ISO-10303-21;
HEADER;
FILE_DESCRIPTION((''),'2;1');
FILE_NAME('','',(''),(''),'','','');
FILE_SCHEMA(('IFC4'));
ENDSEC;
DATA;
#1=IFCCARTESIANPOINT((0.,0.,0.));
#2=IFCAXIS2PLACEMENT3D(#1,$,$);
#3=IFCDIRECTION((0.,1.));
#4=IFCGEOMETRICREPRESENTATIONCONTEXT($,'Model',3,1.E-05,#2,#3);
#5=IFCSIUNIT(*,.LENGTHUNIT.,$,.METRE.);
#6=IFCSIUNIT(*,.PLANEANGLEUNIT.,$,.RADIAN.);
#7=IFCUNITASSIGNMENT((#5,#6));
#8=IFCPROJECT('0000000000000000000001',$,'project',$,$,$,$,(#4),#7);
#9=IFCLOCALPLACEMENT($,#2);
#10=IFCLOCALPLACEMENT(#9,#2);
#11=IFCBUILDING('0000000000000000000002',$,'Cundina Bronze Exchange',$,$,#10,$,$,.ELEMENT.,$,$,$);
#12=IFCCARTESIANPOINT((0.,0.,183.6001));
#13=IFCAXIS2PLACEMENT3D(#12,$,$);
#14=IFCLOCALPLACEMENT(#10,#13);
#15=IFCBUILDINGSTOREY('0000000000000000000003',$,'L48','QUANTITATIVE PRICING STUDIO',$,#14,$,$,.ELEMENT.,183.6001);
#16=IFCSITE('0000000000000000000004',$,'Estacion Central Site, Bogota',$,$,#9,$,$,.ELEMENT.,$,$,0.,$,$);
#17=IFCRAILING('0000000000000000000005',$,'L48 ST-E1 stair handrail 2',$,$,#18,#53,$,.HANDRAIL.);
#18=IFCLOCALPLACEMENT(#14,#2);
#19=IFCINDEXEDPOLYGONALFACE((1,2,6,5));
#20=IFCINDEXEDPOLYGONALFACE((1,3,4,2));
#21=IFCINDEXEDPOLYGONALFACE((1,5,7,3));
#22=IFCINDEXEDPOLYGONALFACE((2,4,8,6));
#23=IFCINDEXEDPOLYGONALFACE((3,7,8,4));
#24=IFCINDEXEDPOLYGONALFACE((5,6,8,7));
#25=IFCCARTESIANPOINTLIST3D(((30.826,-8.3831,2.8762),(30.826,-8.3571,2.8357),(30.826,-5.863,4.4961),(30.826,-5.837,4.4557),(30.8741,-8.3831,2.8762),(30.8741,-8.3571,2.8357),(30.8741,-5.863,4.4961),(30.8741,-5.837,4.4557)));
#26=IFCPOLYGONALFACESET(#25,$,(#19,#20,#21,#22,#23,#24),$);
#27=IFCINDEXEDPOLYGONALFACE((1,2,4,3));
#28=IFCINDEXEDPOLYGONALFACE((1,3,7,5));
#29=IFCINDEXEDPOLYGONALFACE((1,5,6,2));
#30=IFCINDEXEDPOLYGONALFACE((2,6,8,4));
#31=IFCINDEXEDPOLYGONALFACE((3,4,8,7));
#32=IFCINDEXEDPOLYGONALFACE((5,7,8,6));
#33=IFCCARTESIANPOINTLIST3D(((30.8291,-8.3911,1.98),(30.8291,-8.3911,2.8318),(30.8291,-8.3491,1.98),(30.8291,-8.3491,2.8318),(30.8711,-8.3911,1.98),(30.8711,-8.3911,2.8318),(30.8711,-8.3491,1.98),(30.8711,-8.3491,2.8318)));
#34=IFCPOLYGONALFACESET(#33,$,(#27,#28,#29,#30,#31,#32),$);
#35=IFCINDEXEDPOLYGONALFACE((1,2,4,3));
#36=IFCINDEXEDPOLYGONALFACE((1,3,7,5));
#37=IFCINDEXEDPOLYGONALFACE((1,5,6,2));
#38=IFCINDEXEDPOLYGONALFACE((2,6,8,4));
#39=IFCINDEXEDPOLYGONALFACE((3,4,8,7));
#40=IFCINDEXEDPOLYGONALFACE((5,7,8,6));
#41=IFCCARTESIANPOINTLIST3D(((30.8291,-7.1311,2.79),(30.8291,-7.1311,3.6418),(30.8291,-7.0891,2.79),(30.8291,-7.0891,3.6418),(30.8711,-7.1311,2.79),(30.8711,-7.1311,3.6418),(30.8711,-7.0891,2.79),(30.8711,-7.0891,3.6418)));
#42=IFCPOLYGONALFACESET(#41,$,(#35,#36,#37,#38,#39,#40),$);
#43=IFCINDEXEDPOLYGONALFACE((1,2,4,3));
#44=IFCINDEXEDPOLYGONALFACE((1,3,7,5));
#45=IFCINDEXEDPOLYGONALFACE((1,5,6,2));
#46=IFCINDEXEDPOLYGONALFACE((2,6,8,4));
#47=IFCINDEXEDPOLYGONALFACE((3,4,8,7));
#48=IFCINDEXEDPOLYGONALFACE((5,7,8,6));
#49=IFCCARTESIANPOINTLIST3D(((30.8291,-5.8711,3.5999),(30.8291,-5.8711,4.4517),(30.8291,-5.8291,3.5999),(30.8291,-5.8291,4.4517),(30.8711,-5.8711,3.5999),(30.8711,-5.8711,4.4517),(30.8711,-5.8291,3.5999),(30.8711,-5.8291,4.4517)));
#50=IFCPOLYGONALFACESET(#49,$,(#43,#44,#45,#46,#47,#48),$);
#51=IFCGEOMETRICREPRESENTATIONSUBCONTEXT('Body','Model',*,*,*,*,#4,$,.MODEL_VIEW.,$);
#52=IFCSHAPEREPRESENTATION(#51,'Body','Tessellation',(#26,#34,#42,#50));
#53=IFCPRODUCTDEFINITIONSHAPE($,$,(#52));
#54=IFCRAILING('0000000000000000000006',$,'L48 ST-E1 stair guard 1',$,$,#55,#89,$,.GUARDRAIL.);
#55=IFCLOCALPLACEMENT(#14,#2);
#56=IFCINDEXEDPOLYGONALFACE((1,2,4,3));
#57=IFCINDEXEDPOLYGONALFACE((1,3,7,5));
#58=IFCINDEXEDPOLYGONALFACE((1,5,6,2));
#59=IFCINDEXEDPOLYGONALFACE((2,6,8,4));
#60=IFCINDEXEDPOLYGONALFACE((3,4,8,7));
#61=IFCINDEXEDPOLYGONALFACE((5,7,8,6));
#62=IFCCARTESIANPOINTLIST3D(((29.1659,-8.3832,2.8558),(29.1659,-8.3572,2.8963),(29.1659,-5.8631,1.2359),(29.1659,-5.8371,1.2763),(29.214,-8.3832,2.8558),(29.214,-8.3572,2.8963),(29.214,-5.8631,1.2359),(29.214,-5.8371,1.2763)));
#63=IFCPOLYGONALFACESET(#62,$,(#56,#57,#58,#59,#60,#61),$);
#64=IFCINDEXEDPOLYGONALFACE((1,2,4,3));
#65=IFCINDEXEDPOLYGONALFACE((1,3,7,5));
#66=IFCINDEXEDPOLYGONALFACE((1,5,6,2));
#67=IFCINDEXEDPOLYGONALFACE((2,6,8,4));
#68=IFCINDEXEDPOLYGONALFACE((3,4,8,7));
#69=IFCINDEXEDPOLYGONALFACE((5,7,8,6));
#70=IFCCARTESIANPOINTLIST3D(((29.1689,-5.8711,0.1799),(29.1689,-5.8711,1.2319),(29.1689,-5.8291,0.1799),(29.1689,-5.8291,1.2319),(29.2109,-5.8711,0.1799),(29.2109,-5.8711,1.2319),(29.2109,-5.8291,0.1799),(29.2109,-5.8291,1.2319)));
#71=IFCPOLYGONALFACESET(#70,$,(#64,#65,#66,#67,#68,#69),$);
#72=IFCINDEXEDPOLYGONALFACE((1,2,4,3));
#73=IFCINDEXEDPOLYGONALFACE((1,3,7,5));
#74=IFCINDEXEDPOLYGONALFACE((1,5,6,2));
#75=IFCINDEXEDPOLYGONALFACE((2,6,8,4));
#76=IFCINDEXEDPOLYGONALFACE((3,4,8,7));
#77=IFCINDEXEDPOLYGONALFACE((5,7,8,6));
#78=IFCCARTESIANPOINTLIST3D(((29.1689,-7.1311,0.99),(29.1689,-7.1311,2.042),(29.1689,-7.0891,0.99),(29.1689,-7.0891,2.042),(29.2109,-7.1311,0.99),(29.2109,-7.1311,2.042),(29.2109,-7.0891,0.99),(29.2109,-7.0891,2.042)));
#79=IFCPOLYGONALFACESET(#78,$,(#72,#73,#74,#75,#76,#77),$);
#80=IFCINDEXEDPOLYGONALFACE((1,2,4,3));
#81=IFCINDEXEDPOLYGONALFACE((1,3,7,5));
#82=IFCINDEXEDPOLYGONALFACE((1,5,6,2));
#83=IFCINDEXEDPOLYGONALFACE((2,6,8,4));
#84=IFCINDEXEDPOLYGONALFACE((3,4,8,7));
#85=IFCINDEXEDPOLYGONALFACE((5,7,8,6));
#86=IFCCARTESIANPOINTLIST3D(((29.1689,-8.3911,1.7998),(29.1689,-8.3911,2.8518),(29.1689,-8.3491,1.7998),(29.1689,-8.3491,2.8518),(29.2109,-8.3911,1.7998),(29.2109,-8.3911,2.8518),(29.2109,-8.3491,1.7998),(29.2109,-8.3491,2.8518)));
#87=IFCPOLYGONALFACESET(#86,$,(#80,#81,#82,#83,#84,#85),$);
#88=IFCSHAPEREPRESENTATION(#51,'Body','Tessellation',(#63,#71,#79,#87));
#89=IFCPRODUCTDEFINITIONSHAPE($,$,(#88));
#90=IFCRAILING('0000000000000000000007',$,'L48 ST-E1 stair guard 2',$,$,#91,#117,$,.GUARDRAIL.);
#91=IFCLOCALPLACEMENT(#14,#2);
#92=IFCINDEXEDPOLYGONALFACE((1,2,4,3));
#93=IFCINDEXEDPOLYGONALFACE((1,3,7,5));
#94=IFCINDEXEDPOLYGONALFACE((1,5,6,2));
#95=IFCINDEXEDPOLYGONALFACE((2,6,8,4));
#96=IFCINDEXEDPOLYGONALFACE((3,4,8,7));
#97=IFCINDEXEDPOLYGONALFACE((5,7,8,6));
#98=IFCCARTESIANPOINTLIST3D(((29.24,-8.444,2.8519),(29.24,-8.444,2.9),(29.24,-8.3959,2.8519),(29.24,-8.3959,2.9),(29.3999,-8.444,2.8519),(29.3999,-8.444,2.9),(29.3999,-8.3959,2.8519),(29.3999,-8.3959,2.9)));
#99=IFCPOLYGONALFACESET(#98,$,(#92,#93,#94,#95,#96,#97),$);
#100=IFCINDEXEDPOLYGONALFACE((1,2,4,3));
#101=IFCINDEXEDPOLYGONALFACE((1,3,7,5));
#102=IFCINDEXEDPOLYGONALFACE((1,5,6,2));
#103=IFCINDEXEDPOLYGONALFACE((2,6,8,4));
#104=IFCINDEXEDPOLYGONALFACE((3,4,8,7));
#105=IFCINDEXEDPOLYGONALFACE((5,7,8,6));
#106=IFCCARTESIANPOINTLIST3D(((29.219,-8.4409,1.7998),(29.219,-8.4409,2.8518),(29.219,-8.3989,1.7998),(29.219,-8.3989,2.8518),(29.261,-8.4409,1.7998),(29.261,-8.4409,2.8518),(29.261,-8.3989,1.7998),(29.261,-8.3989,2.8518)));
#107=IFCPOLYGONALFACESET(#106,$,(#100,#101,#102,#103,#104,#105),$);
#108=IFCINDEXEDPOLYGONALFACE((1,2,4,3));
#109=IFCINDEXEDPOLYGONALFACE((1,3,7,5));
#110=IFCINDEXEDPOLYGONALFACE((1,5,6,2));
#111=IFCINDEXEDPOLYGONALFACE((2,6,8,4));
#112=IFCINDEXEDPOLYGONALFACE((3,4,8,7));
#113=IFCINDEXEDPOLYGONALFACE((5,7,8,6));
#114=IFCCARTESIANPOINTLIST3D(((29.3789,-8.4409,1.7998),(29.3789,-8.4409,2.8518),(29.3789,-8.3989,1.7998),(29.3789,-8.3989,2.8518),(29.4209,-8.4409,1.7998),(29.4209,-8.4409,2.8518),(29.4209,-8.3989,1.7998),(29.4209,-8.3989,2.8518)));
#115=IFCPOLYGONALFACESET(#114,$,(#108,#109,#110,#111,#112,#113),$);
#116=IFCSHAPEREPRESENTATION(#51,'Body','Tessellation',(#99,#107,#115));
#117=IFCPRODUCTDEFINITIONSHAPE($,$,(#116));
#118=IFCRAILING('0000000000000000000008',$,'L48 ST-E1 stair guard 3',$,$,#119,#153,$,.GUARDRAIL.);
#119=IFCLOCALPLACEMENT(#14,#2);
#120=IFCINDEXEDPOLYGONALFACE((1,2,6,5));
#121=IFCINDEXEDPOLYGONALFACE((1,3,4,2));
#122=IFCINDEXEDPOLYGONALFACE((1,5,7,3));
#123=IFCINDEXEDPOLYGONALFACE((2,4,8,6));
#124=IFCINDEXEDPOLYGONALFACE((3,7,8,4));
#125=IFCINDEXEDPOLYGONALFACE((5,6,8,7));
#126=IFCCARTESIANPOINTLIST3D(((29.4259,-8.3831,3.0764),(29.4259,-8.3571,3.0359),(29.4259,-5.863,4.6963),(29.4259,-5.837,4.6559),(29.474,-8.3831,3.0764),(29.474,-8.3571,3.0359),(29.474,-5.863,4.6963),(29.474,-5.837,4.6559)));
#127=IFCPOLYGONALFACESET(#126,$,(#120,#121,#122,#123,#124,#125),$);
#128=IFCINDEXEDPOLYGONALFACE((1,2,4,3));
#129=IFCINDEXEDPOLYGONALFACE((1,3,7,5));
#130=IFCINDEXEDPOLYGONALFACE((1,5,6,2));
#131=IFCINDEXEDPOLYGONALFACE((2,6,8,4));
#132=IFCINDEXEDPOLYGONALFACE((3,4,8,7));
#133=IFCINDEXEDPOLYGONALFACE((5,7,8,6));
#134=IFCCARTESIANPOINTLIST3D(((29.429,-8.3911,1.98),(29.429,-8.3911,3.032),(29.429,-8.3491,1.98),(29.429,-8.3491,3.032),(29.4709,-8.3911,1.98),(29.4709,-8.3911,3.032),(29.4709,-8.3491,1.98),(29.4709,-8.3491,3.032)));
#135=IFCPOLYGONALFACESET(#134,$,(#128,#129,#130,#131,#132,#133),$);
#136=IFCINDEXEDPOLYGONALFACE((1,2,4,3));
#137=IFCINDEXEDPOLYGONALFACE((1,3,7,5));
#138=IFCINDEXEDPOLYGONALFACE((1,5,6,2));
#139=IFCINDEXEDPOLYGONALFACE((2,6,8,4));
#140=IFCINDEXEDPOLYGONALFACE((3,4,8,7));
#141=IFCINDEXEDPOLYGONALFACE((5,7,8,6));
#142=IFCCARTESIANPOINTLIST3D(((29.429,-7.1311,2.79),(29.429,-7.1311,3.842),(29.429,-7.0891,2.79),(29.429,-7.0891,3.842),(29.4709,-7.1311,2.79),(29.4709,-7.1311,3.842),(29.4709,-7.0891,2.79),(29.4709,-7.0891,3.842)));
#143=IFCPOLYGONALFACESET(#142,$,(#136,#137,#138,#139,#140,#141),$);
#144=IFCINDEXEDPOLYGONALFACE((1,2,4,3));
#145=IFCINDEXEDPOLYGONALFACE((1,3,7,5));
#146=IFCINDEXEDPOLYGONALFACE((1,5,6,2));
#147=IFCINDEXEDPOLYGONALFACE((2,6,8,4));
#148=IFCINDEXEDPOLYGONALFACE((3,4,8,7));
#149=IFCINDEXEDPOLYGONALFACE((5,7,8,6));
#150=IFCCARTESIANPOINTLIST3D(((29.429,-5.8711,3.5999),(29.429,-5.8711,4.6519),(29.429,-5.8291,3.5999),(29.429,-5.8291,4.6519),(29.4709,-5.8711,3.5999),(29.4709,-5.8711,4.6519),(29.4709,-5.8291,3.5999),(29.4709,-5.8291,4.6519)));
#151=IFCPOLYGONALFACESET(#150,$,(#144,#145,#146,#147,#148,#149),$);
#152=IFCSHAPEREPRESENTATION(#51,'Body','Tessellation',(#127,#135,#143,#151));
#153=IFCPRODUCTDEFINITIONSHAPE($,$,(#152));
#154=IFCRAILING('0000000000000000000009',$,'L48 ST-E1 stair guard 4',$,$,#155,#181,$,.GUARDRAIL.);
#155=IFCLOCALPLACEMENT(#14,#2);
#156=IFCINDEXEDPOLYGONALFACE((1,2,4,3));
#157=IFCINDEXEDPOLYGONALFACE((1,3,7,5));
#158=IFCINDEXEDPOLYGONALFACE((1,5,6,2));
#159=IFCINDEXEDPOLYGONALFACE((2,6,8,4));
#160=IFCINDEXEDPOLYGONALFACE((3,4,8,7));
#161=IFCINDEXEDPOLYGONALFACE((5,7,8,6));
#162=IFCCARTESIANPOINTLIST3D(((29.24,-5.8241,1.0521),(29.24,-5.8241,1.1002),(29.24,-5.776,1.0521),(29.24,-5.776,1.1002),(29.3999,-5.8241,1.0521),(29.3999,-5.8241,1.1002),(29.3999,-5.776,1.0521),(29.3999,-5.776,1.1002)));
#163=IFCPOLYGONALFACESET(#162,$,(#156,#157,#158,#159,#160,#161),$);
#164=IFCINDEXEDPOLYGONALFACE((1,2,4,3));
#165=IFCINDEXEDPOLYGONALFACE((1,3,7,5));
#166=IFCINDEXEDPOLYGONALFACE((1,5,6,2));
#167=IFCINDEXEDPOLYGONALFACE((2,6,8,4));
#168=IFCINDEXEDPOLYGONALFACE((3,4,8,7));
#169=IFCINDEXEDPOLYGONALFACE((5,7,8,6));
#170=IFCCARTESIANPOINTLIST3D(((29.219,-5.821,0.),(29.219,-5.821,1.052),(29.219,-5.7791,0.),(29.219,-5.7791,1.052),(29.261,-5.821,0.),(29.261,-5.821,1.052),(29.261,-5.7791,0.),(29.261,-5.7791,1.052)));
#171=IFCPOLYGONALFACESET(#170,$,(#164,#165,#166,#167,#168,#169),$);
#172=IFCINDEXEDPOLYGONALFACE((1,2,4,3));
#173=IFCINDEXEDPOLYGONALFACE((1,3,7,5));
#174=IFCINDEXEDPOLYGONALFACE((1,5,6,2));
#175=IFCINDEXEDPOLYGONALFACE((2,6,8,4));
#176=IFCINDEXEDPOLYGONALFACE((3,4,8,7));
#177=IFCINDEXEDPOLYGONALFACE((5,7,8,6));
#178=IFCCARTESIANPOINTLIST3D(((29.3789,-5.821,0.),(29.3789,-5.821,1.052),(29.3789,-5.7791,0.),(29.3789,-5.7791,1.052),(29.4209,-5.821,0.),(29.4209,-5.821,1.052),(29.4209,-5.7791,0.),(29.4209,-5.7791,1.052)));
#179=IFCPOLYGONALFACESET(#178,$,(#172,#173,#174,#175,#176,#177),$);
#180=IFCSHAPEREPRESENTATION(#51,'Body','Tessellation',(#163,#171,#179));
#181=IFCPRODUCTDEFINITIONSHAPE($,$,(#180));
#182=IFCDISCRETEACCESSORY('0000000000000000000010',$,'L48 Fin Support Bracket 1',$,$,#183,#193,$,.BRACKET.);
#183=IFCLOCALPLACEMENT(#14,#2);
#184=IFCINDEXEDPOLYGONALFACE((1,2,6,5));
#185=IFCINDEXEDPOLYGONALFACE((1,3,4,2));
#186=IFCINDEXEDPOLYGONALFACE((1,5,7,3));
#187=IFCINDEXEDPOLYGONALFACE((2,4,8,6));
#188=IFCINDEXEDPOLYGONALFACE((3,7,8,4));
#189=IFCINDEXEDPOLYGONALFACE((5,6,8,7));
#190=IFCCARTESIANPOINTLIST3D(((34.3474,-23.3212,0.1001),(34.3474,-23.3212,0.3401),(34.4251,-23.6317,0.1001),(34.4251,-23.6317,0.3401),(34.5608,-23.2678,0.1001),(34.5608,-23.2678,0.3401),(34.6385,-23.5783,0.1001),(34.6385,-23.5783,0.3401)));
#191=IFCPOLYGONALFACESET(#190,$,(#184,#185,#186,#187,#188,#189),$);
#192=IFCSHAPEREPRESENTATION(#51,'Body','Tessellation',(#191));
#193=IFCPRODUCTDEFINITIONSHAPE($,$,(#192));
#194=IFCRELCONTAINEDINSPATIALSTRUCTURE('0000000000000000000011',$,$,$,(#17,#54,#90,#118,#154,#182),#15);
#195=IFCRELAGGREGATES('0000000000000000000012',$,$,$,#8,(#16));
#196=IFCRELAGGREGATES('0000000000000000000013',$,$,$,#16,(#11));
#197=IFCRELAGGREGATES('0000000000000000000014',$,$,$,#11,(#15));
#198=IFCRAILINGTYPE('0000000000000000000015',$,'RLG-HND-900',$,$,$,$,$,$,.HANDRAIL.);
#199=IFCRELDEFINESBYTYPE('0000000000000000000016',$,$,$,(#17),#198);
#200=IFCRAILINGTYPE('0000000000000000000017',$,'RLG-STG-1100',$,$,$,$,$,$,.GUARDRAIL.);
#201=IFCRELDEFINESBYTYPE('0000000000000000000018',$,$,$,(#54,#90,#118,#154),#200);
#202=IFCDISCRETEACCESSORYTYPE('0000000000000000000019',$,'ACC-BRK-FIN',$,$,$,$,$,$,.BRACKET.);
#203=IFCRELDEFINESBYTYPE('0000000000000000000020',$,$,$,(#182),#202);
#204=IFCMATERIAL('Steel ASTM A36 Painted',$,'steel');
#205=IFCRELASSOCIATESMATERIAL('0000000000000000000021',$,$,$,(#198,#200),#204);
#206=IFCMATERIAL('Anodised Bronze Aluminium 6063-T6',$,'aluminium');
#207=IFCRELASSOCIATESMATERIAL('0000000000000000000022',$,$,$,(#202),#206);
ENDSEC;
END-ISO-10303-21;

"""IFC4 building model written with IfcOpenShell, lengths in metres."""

from ifc_helpers import new_model, si_unit, direction, frame, origin, origin_2d, place, context, subcontext, project, spatial, rectangle, extrude, material, type_object, element, save


model = new_model("IFC4")

# Units and contexts
model_context = context("Model", 3, precision=1e-05, world=origin(), true_north=direction((0.0, 1.0)))
body_context = subcontext(model_context, "Body", "Model", "MODEL_VIEW")
ifc_project = project(units=[si_unit("LENGTHUNIT", "METRE"), si_unit("PLANEANGLEUNIT", "RADIAN")], contexts=[model_context])

# Site, building, storey
site_placement = place(None, origin())
site = spatial("IfcSite", under=ifc_project, at=site_placement, Name="Estacion Central Site, Bogota", CompositionType="ELEMENT", RefElevation=0.0)
building_placement = place(site_placement, origin())
building = spatial("IfcBuilding", under=site, at=building_placement, Name="Cundina Bronze Exchange", CompositionType="ELEMENT")
storey_placement = place(building_placement, frame((0.0, 0.0, 183.6001)))
storey = spatial("IfcBuildingStorey", under=building, at=storey_placement, Name="L48", Description="QUANTITATIVE PRICING STUDIO", CompositionType="ELEMENT", Elevation=183.6001)

# Shared definitions
ifc_material_1 = material(Name="Anodised Bronze Aluminium 6063-T6", Category="aluminium")

# Railings
ifc_material_2 = material(Name="Steel ASTM A36 Painted", Category="steel")
railing_type_1 = type_object("IfcRailingType", Name="RLG-HND-900", PredefinedType="HANDRAIL", material=ifc_material_2)
railing_1_placement = place(storey_placement, frame((30.8501, -8.3701, 1.98)))
element("IfcRailing", 1, at=railing_1_placement, inside=storey, type_object=railing_type_1, Name="L48 ST-E1 stair handrail 2", PredefinedType="HANDRAIL", context=body_context, shape_type="SweptSolid", body=[
    extrude(rectangle(XDim=0.0481, YDim=0.0481, at=origin_2d()), frame((0.0, 0.0, 0.876), z_axis=(0.0, 0.8412, 0.540725), x_axis=(-1.0, 0.0, 0.0)), (0.0, 0.0, 1.0), 2.9958),
    extrude(rectangle(XDim=0.042, YDim=0.042, at=origin_2d()), origin(), (0.0, 0.0, 1.0), 0.8518),
    extrude(rectangle(XDim=0.042, YDim=0.042, at=origin_2d()), frame((0.0, 1.26, 0.8101)), (0.0, 0.0, 1.0), 0.8518),
    extrude(rectangle(XDim=0.042, YDim=0.042, at=origin_2d()), frame((0.0, 2.52, 1.6199)), (0.0, 0.0, 1.0), 0.8518),
])
railing_type_2 = type_object("IfcRailingType", Name="RLG-STG-1100", PredefinedType="GUARDRAIL", material=ifc_material_2)
railing_2_placement = place(storey_placement, frame((29.1899, -5.8501, 0.1799)))
element("IfcRailing", 2, at=railing_2_placement, inside=storey, type_object=railing_type_2, Name="L48 ST-E1 stair guard 1", PredefinedType="GUARDRAIL", context=body_context, shape_type="SweptSolid", body=[
    extrude(rectangle(XDim=0.0481, YDim=0.0481, at=origin_2d()), frame((0.0, 0.0, 1.0762), z_axis=(0.0, -0.8412, 0.540725), x_axis=(1.0, 0.0, 0.0)), (0.0, 0.0, 1.0), 2.9958),
    extrude(rectangle(XDim=0.042, YDim=0.042, at=origin_2d()), origin(), (0.0, 0.0, 1.0), 1.052),
    extrude(rectangle(XDim=0.042, YDim=0.042, at=origin_2d()), frame((0.0, -1.26, 0.8101)), (0.0, 0.0, 1.0), 1.052),
    extrude(rectangle(XDim=0.042, YDim=0.042, at=origin_2d()), frame((0.0, -2.52, 1.6199)), (0.0, 0.0, 1.0), 1.052),
])
railing_3_placement = place(storey_placement, frame((29.24, -8.4199, 1.7998)))
element("IfcRailing", 3, at=railing_3_placement, inside=storey, type_object=railing_type_2, Name="L48 ST-E1 stair guard 2", PredefinedType="GUARDRAIL", context=body_context, shape_type="SweptSolid", body=[
    extrude(rectangle(XDim=0.0481, YDim=0.0481, at=origin_2d()), frame((0.0, 0.0, 1.0762), z_axis=(1.0, 0.0, 0.0), x_axis=(0.0, 1.0, 0.0)), (0.0, 0.0, 1.0), 0.1599),
    extrude(rectangle(XDim=0.042, YDim=0.042, at=origin_2d()), origin(), (0.0, 0.0, 1.0), 1.052),
    extrude(rectangle(XDim=0.042, YDim=0.042, at=origin_2d()), frame((0.1599, 0.0, 0.0)), (0.0, 0.0, 1.0), 1.052),
])
railing_4_placement = place(storey_placement, frame((29.45, -8.3701, 1.98)))
element("IfcRailing", 4, at=railing_4_placement, inside=storey, type_object=railing_type_2, Name="L48 ST-E1 stair guard 3", PredefinedType="GUARDRAIL", context=body_context, shape_type="SweptSolid", body=[
    extrude(rectangle(XDim=0.0481, YDim=0.0481, at=origin_2d()), frame((0.0, 0.0, 1.0762), z_axis=(0.0, 0.8412, 0.540725), x_axis=(-1.0, 0.0, 0.0)), (0.0, 0.0, 1.0), 2.9958),
    extrude(rectangle(XDim=0.042, YDim=0.042, at=origin_2d()), origin(), (0.0, 0.0, 1.0), 1.052),
    extrude(rectangle(XDim=0.042, YDim=0.042, at=origin_2d()), frame((0.0, 1.26, 0.8101)), (0.0, 0.0, 1.0), 1.052),
    extrude(rectangle(XDim=0.042, YDim=0.042, at=origin_2d()), frame((0.0, 2.52, 1.6199)), (0.0, 0.0, 1.0), 1.052),
])
railing_5_placement = place(storey_placement, frame((29.24, -5.8, 0.0)))
element("IfcRailing", 5, at=railing_5_placement, inside=storey, type_object=railing_type_2, Name="L48 ST-E1 stair guard 4", PredefinedType="GUARDRAIL", context=body_context, shape_type="SweptSolid", body=[
    extrude(rectangle(XDim=0.0481, YDim=0.0481, at=origin_2d()), frame((0.0, 0.0, 1.0762), z_axis=(1.0, 0.0, 0.0), x_axis=(0.0, 1.0, 0.0)), (0.0, 0.0, 1.0), 0.1599),
    extrude(rectangle(XDim=0.042, YDim=0.042, at=origin_2d()), origin(), (0.0, 0.0, 1.0), 1.052),
    extrude(rectangle(XDim=0.042, YDim=0.042, at=origin_2d()), frame((0.1599, 0.0, 0.0)), (0.0, 0.0, 1.0), 1.052),
])

# Discrete accessory
discrete_accessory_type = type_object("IfcDiscreteAccessoryType", Name="ACC-BRK-FIN", PredefinedType="BRACKET", material=ifc_material_1)
discrete_accessory_placement = place(storey_placement, frame((34.4929, -23.4497, 0.1001), z_axis=(0.0, 0.0, 1.0), x_axis=(0.970093, 0.242735, 0.0)))
element("IfcDiscreteAccessory", 6, at=discrete_accessory_placement, inside=storey, type_object=discrete_accessory_type, Name="L48 Fin Support Bracket 1", PredefinedType="BRACKET", context=body_context, shape_type="SweptSolid", body=[
    extrude(rectangle(XDim=0.22, YDim=0.3201, at=origin_2d()), origin(), (0.0, 0.0, 1.0), 0.24),
])

save(model, "model.ifc")
